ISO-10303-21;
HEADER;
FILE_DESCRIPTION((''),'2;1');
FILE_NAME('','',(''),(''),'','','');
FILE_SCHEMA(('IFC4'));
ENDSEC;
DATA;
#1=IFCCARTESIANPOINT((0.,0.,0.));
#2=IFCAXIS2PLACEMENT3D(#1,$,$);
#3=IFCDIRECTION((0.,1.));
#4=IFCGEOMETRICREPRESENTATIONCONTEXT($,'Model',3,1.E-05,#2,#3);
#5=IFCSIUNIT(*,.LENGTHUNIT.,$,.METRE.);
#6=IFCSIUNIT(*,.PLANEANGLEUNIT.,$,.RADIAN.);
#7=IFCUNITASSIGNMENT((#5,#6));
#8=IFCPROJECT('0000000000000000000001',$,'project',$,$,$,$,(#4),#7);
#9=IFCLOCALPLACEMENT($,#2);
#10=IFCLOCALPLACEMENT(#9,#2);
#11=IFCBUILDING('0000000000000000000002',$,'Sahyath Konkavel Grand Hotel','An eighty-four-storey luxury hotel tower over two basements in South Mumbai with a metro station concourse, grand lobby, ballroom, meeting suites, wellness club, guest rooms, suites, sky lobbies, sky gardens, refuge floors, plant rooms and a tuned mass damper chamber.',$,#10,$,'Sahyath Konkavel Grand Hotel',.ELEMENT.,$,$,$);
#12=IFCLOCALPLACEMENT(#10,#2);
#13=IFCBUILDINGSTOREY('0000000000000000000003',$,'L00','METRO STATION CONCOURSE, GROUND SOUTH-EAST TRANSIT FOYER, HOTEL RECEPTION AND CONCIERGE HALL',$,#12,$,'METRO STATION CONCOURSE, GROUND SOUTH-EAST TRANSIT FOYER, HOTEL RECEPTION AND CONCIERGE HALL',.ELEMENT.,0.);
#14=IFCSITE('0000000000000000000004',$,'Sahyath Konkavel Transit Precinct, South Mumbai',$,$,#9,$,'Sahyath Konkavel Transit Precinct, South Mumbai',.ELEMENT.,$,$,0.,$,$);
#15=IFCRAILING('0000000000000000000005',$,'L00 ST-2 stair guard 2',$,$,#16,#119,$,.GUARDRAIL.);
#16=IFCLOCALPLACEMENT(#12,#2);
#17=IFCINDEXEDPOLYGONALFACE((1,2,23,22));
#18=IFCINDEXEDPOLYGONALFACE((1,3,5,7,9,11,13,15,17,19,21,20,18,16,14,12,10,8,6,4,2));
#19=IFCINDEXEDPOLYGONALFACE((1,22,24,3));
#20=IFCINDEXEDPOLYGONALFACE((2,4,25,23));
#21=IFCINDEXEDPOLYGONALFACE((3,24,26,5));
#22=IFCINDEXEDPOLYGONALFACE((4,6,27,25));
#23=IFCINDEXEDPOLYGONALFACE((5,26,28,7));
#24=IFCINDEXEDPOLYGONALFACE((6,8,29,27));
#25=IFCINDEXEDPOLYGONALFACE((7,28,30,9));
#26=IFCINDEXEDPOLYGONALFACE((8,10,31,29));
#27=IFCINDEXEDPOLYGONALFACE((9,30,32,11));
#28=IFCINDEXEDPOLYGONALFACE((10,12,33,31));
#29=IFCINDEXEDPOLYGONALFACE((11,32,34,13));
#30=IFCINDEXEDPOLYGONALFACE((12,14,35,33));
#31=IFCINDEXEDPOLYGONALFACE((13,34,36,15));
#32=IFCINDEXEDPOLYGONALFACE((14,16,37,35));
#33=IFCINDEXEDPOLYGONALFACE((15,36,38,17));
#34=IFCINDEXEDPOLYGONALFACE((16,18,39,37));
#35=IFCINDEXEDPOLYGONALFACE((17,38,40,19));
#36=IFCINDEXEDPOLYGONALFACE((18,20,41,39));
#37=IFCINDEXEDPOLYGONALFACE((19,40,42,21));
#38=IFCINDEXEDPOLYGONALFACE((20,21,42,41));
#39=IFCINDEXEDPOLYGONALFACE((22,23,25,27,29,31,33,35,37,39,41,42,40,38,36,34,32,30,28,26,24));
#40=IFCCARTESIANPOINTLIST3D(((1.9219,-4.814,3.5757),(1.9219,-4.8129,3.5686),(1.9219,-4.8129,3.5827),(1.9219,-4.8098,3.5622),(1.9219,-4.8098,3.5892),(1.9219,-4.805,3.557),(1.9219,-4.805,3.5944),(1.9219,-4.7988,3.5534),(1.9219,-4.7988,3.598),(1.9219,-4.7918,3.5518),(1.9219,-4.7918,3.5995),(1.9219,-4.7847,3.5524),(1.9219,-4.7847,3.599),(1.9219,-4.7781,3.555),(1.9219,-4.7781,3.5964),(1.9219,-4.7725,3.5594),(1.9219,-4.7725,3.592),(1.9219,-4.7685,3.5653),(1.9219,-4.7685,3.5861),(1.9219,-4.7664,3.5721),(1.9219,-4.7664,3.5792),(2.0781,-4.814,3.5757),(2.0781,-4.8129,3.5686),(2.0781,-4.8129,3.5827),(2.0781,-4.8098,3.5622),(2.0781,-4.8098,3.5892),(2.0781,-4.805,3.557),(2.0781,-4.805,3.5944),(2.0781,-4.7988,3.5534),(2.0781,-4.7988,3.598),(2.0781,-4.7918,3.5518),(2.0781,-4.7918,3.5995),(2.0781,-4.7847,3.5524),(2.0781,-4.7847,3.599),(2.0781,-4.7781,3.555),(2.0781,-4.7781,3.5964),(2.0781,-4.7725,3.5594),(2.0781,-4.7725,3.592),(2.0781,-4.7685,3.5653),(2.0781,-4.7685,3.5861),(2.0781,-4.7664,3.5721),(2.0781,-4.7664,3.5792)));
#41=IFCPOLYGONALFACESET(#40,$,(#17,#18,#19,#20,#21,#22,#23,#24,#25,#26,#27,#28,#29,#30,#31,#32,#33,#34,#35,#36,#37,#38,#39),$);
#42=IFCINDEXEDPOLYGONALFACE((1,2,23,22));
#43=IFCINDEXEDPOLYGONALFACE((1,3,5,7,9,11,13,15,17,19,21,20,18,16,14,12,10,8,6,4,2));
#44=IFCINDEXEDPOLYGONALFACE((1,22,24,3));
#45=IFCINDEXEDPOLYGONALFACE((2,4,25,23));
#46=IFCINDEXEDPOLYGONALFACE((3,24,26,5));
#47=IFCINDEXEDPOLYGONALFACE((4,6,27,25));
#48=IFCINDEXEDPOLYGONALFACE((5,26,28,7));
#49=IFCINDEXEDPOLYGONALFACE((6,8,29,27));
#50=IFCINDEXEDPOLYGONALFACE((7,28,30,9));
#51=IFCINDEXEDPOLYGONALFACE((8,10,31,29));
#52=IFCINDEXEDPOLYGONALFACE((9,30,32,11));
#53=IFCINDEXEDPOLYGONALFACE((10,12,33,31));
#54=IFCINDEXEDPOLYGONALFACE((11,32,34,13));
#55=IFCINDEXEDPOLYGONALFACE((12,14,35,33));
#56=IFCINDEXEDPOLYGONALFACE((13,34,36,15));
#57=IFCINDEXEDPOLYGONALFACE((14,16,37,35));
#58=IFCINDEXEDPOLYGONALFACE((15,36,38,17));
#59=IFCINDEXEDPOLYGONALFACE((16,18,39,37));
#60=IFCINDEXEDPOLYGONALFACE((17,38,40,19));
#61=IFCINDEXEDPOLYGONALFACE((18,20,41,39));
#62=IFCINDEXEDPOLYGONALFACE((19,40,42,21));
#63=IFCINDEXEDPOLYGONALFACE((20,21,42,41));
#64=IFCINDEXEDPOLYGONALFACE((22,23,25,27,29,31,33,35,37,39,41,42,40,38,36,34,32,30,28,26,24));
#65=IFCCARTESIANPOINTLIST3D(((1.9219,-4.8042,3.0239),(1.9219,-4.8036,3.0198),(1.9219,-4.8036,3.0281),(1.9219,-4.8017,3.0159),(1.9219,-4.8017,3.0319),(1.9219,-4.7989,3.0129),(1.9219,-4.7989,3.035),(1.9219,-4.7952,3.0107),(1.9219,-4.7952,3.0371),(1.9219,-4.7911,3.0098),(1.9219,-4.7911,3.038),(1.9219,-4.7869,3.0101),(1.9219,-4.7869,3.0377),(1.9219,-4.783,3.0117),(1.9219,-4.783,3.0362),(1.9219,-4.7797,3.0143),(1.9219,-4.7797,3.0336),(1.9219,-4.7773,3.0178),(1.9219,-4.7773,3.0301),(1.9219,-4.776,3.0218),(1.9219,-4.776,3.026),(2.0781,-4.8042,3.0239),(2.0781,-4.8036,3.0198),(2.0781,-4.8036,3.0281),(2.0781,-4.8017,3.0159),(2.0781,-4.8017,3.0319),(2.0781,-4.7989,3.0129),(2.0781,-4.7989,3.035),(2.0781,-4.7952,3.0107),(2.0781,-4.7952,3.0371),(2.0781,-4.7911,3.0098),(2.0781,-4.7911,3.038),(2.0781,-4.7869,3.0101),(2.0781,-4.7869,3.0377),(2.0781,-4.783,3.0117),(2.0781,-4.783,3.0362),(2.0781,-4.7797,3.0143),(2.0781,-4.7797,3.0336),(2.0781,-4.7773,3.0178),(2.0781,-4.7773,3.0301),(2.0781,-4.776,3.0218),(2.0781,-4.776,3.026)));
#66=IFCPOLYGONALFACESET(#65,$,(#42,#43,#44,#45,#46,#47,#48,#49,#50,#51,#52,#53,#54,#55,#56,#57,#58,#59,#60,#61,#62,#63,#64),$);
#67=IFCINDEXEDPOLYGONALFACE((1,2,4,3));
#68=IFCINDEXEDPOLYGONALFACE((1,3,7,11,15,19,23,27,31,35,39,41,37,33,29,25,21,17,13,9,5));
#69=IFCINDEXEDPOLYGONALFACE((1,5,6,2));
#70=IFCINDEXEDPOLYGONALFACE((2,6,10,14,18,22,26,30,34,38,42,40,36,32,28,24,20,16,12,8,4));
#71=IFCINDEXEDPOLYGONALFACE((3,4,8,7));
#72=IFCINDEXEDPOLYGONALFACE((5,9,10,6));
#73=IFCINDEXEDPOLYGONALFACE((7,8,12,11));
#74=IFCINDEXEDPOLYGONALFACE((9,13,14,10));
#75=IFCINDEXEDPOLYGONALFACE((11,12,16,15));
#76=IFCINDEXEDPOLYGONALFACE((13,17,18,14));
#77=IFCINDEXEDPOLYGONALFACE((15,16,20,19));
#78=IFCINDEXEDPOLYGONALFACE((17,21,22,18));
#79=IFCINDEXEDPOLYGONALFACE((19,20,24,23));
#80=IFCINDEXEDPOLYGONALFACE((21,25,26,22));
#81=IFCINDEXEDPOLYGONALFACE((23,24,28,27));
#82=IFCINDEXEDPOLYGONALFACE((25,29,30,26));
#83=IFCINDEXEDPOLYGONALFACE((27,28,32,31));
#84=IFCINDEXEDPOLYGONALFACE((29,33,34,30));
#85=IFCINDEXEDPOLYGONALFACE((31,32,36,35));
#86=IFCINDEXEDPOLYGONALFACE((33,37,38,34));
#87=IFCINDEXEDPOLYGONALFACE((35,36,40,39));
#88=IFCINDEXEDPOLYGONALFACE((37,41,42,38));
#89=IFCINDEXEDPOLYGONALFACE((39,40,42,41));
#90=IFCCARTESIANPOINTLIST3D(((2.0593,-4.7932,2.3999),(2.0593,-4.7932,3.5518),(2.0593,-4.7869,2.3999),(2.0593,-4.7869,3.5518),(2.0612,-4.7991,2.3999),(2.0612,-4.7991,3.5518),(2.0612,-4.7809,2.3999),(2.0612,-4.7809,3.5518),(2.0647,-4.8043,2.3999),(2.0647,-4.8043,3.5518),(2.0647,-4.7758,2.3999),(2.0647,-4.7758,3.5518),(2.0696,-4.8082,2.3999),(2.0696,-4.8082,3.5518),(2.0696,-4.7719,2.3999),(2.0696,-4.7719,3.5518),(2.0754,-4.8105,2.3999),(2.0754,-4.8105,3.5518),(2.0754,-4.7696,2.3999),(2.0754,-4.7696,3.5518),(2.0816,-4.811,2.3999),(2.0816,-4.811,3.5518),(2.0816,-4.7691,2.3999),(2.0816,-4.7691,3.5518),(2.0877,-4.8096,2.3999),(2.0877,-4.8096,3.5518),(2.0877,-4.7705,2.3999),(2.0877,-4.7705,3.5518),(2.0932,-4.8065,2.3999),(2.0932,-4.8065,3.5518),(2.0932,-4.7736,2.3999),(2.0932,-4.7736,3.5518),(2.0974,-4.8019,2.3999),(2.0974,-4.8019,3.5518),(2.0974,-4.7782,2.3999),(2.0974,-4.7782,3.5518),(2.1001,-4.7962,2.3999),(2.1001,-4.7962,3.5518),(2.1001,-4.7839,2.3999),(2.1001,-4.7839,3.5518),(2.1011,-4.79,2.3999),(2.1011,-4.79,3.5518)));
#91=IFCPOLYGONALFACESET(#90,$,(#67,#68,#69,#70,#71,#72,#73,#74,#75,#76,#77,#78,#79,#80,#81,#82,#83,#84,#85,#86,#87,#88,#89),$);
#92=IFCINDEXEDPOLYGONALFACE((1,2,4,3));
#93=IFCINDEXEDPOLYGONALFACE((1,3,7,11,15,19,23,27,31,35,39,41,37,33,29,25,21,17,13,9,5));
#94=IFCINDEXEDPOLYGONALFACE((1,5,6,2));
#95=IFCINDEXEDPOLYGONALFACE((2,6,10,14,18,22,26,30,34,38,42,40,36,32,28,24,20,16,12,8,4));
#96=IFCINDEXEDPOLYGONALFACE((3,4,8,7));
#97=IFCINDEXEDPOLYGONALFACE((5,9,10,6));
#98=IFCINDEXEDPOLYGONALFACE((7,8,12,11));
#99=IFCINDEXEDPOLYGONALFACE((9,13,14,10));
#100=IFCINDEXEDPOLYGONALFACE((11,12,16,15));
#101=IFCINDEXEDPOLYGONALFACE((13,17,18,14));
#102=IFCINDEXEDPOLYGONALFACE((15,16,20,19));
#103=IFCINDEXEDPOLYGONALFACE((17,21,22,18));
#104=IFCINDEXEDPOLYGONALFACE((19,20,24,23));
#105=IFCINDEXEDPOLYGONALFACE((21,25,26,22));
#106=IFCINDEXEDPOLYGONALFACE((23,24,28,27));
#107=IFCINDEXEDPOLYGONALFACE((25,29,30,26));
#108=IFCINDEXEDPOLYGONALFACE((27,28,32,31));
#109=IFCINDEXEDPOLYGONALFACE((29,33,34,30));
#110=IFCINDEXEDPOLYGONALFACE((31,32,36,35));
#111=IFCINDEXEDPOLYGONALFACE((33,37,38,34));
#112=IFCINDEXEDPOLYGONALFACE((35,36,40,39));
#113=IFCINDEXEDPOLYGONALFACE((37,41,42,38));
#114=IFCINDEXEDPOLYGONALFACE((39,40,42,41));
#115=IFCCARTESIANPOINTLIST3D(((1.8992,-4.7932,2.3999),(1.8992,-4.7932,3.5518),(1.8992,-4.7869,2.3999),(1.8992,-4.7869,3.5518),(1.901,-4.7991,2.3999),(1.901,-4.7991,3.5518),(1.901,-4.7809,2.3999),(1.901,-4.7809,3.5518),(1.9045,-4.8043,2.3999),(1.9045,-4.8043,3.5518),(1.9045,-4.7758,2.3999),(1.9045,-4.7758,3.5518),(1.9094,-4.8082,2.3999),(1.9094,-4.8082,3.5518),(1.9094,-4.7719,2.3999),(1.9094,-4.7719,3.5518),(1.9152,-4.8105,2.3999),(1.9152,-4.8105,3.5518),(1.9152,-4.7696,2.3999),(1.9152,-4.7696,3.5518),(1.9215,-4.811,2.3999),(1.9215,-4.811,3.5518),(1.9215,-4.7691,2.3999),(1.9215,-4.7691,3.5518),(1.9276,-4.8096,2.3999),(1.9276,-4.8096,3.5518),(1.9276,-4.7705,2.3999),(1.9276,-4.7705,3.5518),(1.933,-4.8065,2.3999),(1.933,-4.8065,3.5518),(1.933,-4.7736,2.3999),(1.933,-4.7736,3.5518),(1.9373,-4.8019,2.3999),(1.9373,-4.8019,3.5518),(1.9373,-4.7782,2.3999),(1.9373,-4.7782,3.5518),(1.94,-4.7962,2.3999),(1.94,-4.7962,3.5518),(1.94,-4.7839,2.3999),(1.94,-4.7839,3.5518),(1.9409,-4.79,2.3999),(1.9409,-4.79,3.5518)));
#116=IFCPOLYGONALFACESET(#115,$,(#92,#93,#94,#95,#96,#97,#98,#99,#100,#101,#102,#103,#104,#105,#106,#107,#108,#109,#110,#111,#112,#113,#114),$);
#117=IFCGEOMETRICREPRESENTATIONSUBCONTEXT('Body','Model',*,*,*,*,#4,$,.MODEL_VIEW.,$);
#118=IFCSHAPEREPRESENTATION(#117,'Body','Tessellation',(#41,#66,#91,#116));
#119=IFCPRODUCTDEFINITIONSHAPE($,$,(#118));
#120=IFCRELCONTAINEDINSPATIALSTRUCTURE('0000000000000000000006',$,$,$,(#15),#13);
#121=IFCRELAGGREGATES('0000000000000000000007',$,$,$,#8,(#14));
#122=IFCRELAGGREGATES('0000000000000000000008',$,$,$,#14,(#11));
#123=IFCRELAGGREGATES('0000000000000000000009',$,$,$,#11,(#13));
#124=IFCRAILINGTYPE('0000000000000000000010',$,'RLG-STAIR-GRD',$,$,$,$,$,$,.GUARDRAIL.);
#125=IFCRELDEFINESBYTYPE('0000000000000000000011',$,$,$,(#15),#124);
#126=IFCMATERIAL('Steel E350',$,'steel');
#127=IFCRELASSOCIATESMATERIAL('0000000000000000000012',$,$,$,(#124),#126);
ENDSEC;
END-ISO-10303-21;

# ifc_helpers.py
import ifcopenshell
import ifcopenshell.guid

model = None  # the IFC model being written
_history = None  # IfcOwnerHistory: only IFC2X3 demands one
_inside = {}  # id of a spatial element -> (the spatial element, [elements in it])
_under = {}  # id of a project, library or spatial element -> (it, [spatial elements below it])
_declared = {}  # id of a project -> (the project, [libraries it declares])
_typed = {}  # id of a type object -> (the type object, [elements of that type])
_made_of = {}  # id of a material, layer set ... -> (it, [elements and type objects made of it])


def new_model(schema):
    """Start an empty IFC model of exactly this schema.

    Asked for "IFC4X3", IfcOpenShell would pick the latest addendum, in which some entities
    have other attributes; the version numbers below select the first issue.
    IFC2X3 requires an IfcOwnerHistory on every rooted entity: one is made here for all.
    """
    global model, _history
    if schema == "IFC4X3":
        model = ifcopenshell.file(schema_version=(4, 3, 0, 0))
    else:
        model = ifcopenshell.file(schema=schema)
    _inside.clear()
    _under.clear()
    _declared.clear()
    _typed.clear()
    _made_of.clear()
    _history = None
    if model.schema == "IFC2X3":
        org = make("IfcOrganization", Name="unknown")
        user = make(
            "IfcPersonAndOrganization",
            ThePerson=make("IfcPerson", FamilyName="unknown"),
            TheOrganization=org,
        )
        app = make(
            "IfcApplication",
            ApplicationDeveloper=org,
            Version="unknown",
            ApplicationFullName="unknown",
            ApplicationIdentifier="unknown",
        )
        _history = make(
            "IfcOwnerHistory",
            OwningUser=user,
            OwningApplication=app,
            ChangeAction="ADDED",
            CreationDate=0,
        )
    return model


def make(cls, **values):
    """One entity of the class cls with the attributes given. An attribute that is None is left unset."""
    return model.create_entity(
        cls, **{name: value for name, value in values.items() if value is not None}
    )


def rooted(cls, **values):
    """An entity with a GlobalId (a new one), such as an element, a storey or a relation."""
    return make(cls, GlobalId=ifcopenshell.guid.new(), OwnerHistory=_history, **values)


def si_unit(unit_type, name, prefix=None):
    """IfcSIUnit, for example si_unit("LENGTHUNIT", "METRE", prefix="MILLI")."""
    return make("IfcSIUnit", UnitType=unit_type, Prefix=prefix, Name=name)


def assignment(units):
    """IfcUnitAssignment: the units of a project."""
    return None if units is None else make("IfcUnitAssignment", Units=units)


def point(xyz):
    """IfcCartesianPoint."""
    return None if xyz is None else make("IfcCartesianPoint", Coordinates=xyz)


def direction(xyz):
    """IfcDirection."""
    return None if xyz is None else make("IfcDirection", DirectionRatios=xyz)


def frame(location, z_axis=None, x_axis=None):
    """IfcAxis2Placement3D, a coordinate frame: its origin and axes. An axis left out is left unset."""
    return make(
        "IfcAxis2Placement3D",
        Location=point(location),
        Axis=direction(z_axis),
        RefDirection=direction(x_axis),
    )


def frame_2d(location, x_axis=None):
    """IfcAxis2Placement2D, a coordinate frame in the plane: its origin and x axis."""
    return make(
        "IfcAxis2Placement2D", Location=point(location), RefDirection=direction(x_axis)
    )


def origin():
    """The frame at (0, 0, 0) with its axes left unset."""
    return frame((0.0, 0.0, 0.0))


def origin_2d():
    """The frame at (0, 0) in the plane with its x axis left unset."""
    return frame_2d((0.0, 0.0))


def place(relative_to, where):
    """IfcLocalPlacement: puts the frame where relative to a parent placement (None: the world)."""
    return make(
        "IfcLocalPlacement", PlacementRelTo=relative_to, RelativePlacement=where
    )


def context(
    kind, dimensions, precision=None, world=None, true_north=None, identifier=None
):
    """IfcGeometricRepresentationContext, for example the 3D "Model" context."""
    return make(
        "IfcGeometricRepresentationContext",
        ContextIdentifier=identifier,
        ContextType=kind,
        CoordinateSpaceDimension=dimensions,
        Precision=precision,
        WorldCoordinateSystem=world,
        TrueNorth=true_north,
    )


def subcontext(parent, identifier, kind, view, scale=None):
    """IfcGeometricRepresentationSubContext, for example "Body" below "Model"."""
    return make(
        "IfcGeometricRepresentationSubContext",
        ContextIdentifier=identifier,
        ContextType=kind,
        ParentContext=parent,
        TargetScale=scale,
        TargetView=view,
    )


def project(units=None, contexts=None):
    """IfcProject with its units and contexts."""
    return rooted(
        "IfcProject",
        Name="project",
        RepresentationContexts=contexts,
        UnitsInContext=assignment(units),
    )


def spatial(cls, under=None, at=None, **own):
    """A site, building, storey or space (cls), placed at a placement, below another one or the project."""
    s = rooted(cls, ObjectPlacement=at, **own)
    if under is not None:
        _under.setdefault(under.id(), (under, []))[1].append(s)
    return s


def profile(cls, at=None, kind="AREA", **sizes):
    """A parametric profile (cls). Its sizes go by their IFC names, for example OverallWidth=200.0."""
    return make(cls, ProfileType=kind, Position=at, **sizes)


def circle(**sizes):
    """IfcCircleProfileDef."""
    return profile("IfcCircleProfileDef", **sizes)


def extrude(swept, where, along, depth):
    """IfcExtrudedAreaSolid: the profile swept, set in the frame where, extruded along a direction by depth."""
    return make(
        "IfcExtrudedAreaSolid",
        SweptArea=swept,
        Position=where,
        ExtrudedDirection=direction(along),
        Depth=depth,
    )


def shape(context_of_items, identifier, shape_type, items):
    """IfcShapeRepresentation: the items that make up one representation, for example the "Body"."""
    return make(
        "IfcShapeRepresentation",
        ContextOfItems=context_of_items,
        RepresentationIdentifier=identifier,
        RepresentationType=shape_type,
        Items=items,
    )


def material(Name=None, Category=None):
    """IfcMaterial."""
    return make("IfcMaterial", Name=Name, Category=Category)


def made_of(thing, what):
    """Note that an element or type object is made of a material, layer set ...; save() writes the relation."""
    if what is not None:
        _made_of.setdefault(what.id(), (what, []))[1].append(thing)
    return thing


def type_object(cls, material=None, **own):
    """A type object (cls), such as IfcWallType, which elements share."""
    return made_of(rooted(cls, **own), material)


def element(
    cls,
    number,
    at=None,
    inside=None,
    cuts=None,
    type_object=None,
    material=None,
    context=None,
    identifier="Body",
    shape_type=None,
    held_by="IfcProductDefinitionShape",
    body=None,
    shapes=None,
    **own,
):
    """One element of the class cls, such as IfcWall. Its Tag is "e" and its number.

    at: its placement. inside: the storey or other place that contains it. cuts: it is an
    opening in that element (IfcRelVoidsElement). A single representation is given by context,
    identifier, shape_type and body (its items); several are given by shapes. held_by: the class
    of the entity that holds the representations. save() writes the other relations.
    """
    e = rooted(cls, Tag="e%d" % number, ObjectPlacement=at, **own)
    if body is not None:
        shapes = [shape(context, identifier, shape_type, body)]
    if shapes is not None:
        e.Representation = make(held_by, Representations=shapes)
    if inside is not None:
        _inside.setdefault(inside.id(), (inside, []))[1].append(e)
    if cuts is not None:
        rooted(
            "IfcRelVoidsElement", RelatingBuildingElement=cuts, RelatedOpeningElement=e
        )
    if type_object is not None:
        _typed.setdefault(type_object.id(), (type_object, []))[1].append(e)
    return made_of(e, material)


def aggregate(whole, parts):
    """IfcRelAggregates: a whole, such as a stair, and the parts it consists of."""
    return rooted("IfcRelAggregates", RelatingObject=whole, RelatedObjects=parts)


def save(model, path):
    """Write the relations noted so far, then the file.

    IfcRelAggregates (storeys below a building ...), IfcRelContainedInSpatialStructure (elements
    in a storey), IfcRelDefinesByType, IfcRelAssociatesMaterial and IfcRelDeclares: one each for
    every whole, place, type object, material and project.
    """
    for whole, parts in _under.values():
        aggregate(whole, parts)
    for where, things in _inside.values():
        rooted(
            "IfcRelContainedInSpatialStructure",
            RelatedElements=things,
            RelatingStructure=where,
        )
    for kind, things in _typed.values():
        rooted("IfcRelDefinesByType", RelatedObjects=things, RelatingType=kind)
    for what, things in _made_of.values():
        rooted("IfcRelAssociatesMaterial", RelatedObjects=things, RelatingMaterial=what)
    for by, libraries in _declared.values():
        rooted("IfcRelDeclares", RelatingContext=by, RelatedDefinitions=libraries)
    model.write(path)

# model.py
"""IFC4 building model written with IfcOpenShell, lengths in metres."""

from ifc_helpers import new_model, si_unit, direction, frame, origin, origin_2d, place, context, subcontext, project, spatial, circle, extrude, material, type_object, element, save


model = new_model("IFC4")

# Units and contexts
model_context = context("Model", 3, precision=1e-05, world=origin(), true_north=direction((0.0, 1.0)))
body_context = subcontext(model_context, "Body", "Model", "MODEL_VIEW")
ifc_project = project(units=[si_unit("LENGTHUNIT", "METRE"), si_unit("PLANEANGLEUNIT", "RADIAN")], contexts=[model_context])

# Site, building, storey
site_placement = place(None, origin())
site = spatial("IfcSite", under=ifc_project, at=site_placement, Name="Sahyath Konkavel Transit Precinct, South Mumbai", LongName="Sahyath Konkavel Transit Precinct, South Mumbai", CompositionType="ELEMENT", RefElevation=0.0)
building_placement = place(site_placement, origin())
building = spatial("IfcBuilding", under=site, at=building_placement, Name="Sahyath Konkavel Grand Hotel", Description="An eighty-four-storey luxury hotel tower over two basements in South Mumbai with a metro station concourse, grand lobby, ballroom, meeting suites, wellness club, guest rooms, suites, sky lobbies, sky gardens, refuge floors, plant rooms and a tuned mass damper chamber.", LongName="Sahyath Konkavel Grand Hotel", CompositionType="ELEMENT")
storey_placement = place(building_placement, origin())
storey = spatial("IfcBuildingStorey", under=building, at=storey_placement, Name="L00", Description="METRO STATION CONCOURSE, GROUND SOUTH-EAST TRANSIT FOYER, HOTEL RECEPTION AND CONCIERGE HALL", LongName="METRO STATION CONCOURSE, GROUND SOUTH-EAST TRANSIT FOYER, HOTEL RECEPTION AND CONCIERGE HALL", CompositionType="ELEMENT", Elevation=0.0)

# Shared definitions
ifc_material_1 = material(Name="Steel E350", Category="steel")

# Railing
railing_type_1 = type_object("IfcRailingType", Name="RLG-STAIR-GRD", PredefinedType="GUARDRAIL", material=ifc_material_1)
railing_1_placement = place(storey_placement, frame((2.0801, -4.79, 2.3999)))
element("IfcRailing", 1, at=railing_1_placement, inside=storey, type_object=railing_type_1, Name="L00 ST-2 stair guard 2", PredefinedType="GUARDRAIL", context=body_context, shape_type="SweptSolid", body=[
    extrude(circle(Radius=0.0239, at=origin_2d()), frame((-0.002, 0.0, 1.1758), z_axis=(-1.0, 0.0, 0.0), x_axis=(0.0, -1.0, 0.0)), (0.0, 0.0, 1.0), 0.1562),
    extrude(circle(Radius=0.0142, at=origin_2d()), frame((-0.002, 0.0, 0.624), z_axis=(-1.0, 0.0, 0.0), x_axis=(0.0, -1.0, 0.0)), (0.0, 0.0, 1.0), 0.1562),
    extrude(circle(Radius=0.021, at=origin_2d()), origin(), (0.0, 0.0, 1.0), 1.1519),
    extrude(circle(Radius=0.021, at=origin_2d()), frame((-0.1602, 0.0, 0.0)), (0.0, 0.0, 1.0), 1.1519),
])

save(model, "model.ifc")
